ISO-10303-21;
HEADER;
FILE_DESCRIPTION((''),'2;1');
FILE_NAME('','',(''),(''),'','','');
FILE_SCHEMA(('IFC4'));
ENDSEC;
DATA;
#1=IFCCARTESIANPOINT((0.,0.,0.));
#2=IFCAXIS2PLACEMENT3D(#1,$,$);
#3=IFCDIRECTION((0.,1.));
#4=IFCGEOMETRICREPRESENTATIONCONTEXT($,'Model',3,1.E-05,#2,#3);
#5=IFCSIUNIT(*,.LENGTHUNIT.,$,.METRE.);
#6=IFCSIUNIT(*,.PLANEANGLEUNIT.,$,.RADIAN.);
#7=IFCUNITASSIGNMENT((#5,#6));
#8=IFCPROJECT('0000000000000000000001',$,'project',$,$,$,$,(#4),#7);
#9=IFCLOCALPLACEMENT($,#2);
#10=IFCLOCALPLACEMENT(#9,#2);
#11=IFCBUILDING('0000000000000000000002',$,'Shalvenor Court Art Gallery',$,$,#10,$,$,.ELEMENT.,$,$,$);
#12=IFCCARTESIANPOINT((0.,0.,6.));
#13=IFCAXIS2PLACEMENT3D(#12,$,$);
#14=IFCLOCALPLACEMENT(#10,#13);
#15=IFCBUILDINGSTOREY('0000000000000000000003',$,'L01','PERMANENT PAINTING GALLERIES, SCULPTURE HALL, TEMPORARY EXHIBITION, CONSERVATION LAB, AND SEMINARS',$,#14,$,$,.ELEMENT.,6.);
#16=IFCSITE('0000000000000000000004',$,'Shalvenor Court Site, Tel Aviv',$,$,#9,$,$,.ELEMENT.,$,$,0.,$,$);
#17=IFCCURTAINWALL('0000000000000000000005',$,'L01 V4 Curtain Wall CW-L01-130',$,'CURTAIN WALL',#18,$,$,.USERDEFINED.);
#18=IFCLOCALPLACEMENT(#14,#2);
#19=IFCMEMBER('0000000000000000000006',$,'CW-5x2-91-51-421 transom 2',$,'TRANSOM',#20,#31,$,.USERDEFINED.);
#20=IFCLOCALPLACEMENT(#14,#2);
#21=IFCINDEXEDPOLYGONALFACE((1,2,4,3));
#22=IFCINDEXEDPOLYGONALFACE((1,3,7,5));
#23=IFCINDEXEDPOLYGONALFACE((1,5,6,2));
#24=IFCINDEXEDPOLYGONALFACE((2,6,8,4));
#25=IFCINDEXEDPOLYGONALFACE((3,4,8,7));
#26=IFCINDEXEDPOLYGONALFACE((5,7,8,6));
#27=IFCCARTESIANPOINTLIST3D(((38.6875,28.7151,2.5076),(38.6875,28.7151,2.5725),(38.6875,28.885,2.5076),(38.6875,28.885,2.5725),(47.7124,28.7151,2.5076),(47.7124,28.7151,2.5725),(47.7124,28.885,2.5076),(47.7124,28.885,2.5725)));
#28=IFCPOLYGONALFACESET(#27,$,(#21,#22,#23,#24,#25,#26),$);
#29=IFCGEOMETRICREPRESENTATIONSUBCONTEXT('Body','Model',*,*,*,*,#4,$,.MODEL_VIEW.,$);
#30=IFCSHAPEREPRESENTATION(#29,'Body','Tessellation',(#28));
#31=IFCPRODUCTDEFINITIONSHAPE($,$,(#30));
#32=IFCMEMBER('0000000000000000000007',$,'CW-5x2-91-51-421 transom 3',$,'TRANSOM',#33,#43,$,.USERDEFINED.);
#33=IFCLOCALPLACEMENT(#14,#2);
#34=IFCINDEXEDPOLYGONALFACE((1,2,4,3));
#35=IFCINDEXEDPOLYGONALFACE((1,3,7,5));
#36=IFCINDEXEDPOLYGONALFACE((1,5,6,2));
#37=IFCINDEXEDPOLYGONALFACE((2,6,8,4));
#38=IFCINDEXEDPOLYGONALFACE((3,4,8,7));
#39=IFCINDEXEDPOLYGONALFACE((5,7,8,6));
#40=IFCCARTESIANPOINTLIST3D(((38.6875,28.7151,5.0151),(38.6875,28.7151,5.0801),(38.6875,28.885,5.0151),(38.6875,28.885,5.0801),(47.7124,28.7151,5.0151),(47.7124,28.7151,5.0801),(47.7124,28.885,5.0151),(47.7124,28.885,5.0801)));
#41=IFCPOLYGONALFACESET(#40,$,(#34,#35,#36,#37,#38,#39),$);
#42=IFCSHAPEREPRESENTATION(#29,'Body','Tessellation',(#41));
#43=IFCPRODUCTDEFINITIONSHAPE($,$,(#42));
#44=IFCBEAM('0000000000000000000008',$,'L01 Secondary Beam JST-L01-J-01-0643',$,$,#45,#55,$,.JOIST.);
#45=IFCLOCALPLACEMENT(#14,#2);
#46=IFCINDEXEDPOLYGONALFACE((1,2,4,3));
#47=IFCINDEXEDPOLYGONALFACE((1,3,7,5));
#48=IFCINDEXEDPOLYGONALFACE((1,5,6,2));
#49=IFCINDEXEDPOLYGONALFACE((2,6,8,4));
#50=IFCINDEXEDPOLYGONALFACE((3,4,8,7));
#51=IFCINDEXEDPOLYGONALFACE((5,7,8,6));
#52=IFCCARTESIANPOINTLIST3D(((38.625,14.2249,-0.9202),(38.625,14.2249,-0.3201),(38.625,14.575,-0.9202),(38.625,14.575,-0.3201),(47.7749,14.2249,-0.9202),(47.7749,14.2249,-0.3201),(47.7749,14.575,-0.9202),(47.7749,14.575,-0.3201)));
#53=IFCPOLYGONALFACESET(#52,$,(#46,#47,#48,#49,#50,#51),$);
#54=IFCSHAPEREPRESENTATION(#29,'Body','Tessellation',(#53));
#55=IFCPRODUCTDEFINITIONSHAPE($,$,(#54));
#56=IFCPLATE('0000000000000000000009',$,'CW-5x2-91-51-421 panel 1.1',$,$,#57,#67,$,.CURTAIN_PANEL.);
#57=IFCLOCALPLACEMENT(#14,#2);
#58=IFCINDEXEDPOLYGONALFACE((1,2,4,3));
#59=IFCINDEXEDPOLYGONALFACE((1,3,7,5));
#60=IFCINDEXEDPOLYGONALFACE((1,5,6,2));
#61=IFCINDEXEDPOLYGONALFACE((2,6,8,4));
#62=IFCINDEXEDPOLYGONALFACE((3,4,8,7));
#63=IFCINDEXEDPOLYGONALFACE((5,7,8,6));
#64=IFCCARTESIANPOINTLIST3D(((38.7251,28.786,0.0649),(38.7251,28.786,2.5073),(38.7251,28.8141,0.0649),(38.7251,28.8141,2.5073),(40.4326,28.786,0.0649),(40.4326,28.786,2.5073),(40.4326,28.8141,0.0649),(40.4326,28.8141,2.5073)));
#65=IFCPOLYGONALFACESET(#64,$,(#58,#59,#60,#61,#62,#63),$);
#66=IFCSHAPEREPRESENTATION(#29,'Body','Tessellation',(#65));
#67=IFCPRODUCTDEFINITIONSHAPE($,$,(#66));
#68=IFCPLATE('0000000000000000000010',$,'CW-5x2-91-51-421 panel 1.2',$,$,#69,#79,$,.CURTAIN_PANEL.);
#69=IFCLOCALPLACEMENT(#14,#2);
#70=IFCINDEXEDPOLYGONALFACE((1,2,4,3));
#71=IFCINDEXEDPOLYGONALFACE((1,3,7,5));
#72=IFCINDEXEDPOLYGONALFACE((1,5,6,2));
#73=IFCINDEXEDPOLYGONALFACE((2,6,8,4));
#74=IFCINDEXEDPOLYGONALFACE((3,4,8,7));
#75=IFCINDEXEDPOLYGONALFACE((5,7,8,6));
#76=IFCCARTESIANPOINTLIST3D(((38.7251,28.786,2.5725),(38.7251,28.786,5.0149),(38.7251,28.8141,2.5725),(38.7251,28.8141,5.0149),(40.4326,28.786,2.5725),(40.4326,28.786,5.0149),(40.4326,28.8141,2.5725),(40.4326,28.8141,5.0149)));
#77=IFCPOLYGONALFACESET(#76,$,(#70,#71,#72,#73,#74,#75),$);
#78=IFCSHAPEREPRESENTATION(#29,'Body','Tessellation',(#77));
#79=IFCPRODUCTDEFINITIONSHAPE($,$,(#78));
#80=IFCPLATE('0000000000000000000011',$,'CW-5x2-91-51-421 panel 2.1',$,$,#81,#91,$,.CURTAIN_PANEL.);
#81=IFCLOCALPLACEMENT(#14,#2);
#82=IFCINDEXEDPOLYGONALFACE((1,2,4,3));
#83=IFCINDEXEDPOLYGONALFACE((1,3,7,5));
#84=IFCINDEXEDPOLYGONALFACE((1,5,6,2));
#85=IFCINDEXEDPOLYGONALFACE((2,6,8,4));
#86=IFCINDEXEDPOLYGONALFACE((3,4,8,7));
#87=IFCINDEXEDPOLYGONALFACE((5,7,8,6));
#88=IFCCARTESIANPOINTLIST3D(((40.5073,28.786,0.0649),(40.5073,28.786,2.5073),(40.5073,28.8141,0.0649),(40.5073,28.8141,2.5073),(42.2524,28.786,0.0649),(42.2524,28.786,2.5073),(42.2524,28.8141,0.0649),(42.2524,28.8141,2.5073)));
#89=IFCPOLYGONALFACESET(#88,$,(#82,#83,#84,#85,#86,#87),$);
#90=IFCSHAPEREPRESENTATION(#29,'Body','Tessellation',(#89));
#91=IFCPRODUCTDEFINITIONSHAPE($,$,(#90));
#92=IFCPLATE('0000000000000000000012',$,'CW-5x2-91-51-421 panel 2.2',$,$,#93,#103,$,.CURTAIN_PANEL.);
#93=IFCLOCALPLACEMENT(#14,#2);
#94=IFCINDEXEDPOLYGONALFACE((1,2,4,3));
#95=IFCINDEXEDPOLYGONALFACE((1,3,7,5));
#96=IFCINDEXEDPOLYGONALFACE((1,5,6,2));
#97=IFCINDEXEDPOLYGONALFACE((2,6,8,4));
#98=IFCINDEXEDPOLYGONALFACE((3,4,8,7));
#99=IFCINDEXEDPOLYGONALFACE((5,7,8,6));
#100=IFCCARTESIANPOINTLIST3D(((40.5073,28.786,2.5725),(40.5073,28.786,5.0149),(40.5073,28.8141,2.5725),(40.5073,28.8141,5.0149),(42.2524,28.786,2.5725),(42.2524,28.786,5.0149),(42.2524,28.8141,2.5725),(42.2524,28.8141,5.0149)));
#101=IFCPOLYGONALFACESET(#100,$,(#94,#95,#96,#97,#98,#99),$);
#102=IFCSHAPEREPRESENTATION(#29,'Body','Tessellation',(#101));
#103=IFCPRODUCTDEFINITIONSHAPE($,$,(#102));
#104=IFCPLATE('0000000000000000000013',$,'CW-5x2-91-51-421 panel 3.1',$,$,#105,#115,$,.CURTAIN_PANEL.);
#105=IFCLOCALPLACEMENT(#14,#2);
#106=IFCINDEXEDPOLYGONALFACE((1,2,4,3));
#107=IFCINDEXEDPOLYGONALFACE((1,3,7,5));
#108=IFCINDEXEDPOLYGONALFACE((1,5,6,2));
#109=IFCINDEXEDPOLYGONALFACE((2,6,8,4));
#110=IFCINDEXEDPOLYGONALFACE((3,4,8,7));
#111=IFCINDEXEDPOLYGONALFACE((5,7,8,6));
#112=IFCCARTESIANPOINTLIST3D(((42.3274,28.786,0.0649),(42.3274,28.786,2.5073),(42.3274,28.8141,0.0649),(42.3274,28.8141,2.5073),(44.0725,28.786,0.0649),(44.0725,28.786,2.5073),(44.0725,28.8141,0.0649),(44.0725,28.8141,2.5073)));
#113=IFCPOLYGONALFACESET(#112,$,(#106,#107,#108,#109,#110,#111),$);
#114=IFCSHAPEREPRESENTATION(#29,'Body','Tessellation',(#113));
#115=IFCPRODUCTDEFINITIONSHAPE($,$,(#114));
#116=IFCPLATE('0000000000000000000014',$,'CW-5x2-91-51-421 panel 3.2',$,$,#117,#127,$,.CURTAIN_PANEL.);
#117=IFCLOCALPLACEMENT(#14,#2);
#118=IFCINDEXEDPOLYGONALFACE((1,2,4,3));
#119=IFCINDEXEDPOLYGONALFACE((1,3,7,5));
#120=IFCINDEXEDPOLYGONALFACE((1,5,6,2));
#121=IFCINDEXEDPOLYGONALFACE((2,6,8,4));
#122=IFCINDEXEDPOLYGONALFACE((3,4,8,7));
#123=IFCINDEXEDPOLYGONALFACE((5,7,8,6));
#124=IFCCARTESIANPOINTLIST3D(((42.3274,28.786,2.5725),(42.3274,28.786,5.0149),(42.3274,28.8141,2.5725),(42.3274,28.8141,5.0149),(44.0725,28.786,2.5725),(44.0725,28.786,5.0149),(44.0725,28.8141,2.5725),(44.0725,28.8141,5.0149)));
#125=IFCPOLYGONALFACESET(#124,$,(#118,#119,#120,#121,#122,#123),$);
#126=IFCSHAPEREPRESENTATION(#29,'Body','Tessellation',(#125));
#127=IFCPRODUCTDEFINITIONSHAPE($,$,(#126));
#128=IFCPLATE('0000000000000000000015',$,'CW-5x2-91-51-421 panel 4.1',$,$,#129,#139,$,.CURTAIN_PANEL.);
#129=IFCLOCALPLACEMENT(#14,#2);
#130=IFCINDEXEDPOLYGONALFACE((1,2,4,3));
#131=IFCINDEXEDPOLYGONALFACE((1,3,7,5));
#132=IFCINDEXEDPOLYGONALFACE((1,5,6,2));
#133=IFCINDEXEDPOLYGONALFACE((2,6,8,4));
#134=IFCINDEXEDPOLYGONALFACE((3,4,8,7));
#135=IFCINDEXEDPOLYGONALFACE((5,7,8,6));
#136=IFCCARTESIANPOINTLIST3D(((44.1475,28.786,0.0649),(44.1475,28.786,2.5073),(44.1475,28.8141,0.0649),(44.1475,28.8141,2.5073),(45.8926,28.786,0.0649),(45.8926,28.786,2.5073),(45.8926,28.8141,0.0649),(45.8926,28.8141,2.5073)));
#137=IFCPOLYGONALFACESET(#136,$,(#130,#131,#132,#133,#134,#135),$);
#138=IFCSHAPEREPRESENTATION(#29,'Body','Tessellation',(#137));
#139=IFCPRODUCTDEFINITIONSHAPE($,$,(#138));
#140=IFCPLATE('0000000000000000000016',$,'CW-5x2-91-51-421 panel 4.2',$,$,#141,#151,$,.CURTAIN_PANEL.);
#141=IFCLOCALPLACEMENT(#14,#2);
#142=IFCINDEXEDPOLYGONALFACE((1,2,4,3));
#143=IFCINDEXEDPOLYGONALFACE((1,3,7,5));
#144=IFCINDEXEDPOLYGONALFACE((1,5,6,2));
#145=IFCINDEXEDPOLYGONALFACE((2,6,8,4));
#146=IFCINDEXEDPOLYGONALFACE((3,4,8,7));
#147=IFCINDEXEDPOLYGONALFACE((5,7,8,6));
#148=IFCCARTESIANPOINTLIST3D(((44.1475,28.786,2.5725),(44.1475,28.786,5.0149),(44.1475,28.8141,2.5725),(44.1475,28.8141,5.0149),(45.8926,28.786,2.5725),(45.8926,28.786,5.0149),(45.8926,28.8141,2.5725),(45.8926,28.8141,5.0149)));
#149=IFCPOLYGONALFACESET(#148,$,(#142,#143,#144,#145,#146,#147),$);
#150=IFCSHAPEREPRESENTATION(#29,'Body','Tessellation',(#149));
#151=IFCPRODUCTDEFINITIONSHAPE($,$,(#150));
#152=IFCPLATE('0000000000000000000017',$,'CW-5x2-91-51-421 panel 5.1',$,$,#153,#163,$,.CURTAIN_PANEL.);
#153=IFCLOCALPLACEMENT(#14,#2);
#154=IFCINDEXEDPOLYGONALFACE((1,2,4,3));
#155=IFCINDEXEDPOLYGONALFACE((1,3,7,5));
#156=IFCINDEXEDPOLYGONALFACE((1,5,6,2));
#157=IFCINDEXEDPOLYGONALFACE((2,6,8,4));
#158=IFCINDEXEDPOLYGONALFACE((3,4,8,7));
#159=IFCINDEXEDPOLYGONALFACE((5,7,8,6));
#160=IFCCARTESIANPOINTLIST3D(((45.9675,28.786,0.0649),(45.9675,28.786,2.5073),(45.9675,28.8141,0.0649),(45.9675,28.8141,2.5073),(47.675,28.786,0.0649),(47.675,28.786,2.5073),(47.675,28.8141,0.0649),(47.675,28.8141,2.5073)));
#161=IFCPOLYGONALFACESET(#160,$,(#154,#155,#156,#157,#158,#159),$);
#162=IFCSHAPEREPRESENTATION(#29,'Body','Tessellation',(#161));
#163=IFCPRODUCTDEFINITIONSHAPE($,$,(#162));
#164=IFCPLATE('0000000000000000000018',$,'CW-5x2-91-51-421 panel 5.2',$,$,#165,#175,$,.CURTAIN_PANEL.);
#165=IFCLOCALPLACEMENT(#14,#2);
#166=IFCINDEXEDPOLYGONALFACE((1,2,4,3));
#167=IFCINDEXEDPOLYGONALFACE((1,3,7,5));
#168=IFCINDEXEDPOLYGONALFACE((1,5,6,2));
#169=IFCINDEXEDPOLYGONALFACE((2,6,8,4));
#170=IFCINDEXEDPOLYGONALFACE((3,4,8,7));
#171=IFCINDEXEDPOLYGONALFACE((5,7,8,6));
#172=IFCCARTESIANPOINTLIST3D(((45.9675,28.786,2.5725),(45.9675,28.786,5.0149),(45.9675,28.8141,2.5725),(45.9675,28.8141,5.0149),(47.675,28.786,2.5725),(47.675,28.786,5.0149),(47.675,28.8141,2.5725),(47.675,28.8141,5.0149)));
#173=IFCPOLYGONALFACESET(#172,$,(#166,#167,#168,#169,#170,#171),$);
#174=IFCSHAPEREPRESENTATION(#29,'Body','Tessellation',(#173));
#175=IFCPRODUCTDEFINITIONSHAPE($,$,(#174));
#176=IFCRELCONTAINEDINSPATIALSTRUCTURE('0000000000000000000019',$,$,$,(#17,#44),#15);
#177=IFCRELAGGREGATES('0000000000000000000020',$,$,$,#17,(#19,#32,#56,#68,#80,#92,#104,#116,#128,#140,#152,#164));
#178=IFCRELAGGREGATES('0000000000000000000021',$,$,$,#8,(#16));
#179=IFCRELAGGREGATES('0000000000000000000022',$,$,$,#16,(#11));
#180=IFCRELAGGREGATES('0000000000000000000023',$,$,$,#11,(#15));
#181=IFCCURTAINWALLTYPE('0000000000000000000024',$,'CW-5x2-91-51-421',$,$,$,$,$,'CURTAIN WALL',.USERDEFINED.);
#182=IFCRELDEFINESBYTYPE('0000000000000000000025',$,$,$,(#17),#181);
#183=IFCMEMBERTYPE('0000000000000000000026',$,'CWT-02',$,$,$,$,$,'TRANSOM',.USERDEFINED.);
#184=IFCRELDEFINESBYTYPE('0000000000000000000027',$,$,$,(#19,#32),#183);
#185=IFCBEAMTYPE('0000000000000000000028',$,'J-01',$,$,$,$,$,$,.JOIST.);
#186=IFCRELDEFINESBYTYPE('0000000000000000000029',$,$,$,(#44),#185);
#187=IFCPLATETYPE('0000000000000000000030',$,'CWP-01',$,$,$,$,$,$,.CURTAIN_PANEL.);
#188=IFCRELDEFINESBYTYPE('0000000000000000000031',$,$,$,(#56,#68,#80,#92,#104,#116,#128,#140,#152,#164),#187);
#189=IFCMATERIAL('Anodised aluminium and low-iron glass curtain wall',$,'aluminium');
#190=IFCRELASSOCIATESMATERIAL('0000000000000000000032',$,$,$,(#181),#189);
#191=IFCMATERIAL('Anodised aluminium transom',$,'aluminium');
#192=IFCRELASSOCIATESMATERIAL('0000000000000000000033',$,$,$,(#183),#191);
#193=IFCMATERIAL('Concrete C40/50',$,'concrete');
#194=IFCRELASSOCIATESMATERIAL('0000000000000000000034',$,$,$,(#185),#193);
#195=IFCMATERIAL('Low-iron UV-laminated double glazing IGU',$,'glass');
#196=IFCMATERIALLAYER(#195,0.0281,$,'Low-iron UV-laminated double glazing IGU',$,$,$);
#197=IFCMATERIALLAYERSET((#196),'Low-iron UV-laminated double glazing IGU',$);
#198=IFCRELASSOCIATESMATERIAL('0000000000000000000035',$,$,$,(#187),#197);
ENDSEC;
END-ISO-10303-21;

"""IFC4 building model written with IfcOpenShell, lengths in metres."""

from ifc_helpers import new_model, si_unit, direction, frame, origin, origin_2d, place, context, subcontext, project, spatial, rectangle, extrude, material, layer, layer_set, material_profile, profile_set, type_object, element, aggregate, save


model = new_model("IFC4")

# Units and contexts
model_context = context("Model", 3, precision=1e-05, world=origin(), true_north=direction((0.0, 1.0)))
body_context = subcontext(model_context, "Body", "Model", "MODEL_VIEW")
ifc_project = project(units=[si_unit("LENGTHUNIT", "METRE"), si_unit("PLANEANGLEUNIT", "RADIAN")], contexts=[model_context])

# Site, building, storey
site_placement = place(None, origin())
site = spatial("IfcSite", under=ifc_project, at=site_placement, Name="Shalvenor Court Site, Tel Aviv", CompositionType="ELEMENT", RefElevation=0.0)
building_placement = place(site_placement, origin())
building = spatial("IfcBuilding", under=site, at=building_placement, Name="Shalvenor Court Art Gallery", CompositionType="ELEMENT")
storey_placement = place(building_placement, frame((0.0, 0.0, 6.0)))
storey = spatial("IfcBuildingStorey", under=building, at=storey_placement, Name="L01", Description="PERMANENT PAINTING GALLERIES, SCULPTURE HALL, TEMPORARY EXHIBITION, CONSERVATION LAB, AND SEMINARS", CompositionType="ELEMENT", Elevation=6.0)

# Curtain wall, members
ifc_material_1 = material(Name="Anodised aluminium and low-iron glass curtain wall", Category="aluminium")
curtain_wall_type = type_object("IfcCurtainWallType", Name="CW-5x2-91-51-421", ElementType="CURTAIN WALL", PredefinedType="USERDEFINED", material=ifc_material_1)
curtain_wall_placement = place(storey_placement, origin())
curtain_wall = element("IfcCurtainWall", 1, at=curtain_wall_placement, inside=storey, type_object=curtain_wall_type, Name="L01 V4 Curtain Wall CW-L01-130", ObjectType="CURTAIN WALL", PredefinedType="USERDEFINED")
ifc_material_2 = material(Name="Anodised aluminium transom", Category="aluminium")
ifc_material_profile_1 = material_profile(ifc_material_2, rectangle(XDim=0.1699, YDim=0.0649, at=origin_2d()), Name="CWT-02")
ifc_profile_set_1 = profile_set([ifc_material_profile_1], Name="Anodised aluminium transom")
member_type_1 = type_object("IfcMemberType", Name="CWT-02", ElementType="TRANSOM", PredefinedType="USERDEFINED", material=ifc_profile_set_1)
member_1_placement = place(storey_placement, frame((38.6875, 28.8, 2.54), z_axis=(1.0, 0.0, 0.0), x_axis=(0.0, 1.0, 0.0)))
member_1 = element("IfcMember", 2, at=member_1_placement, type_object=member_type_1, Name="CW-5x2-91-51-421 transom 2", ObjectType="TRANSOM", PredefinedType="USERDEFINED", context=body_context, shape_type="SweptSolid", body=[
    extrude(rectangle(XDim=0.1699, YDim=0.0649, at=origin_2d()), origin(), (0.0, 0.0, 1.0), 9.0249),
])
member_2_placement = place(storey_placement, frame((38.6875, 28.8, 5.0476), z_axis=(1.0, 0.0, 0.0), x_axis=(0.0, 1.0, 0.0)))
member_2 = element("IfcMember", 3, at=member_2_placement, type_object=member_type_1, Name="CW-5x2-91-51-421 transom 3", ObjectType="TRANSOM", PredefinedType="USERDEFINED", context=body_context, shape_type="SweptSolid", body=[
    extrude(rectangle(XDim=0.1699, YDim=0.0649, at=origin_2d()), origin(), (0.0, 0.0, 1.0), 9.0249),
])

# Beam
ifc_material_3 = material(Name="Concrete C40/50", Category="concrete")
ifc_material_profile_2 = material_profile(ifc_material_3, rectangle(XDim=0.3501, YDim=0.6001, at=origin_2d()), Name="RC 350x600")
ifc_profile_set_2 = profile_set([ifc_material_profile_2], Name="Concrete C40/50")
beam_type_1 = type_object("IfcBeamType", Name="J-01", PredefinedType="JOIST", material=ifc_profile_set_2)
beam_1_placement = place(storey_placement, frame((38.625, 14.3999, -0.6201), z_axis=(1.0, 0.0, 0.0), x_axis=(0.0, 1.0, 0.0)))
element("IfcBeam", 4, at=beam_1_placement, inside=storey, type_object=beam_type_1, Name="L01 Secondary Beam JST-L01-J-01-0643", PredefinedType="JOIST", context=body_context, shape_type="SweptSolid", body=[
    extrude(rectangle(XDim=0.3501, YDim=0.6001, at=origin_2d()), origin(), (0.0, 0.0, 1.0), 9.1499),
])

# Plates
ifc_material_4 = material(Name="Low-iron UV-laminated double glazing IGU", Category="glass")
ifc_layer_1 = layer(ifc_material_4, 0.0281, Name="Low-iron UV-laminated double glazing IGU")
ifc_layer_set_1 = layer_set([ifc_layer_1], Name="Low-iron UV-laminated double glazing IGU")
plate_type = type_object("IfcPlateType", Name="CWP-01", PredefinedType="CURTAIN_PANEL", material=ifc_layer_set_1)
plate_1_placement = place(storey_placement, frame((39.5789, 28.8, 0.0649), z_axis=(0.0, 0.0, 1.0), x_axis=(1.0, 0.0, 0.0)))
plate_1 = element("IfcPlate", 5, at=plate_1_placement, type_object=plate_type, Name="CW-5x2-91-51-421 panel 1.1", PredefinedType="CURTAIN_PANEL", context=body_context, shape_type="SweptSolid", body=[
    extrude(rectangle(XDim=1.7075, YDim=0.0281, at=origin_2d()), origin(), (0.0, 0.0, 1.0), 2.4424),
])
plate_2_placement = place(storey_placement, frame((39.5789, 28.8, 2.5725), z_axis=(0.0, 0.0, 1.0), x_axis=(1.0, 0.0, 0.0)))
plate_2 = element("IfcPlate", 6, at=plate_2_placement, type_object=plate_type, Name="CW-5x2-91-51-421 panel 1.2", PredefinedType="CURTAIN_PANEL", context=body_context, shape_type="SweptSolid", body=[
    extrude(rectangle(XDim=1.7075, YDim=0.0281, at=origin_2d()), origin(), (0.0, 0.0, 1.0), 2.4424),
])
plate_3_placement = place(storey_placement, frame((41.3799, 28.8, 0.0649), z_axis=(0.0, 0.0, 1.0), x_axis=(1.0, 0.0, 0.0)))
plate_3 = element("IfcPlate", 7, at=plate_3_placement, type_object=plate_type, Name="CW-5x2-91-51-421 panel 2.1", PredefinedType="CURTAIN_PANEL", context=body_context, shape_type="SweptSolid", body=[
    extrude(rectangle(XDim=1.7451, YDim=0.0281, at=origin_2d()), origin(), (0.0, 0.0, 1.0), 2.4424),
])
plate_4_placement = place(storey_placement, frame((41.3799, 28.8, 2.5725), z_axis=(0.0, 0.0, 1.0), x_axis=(1.0, 0.0, 0.0)))
plate_4 = element("IfcPlate", 8, at=plate_4_placement, type_object=plate_type, Name="CW-5x2-91-51-421 panel 2.2", PredefinedType="CURTAIN_PANEL", context=body_context, shape_type="SweptSolid", body=[
    extrude(rectangle(XDim=1.7451, YDim=0.0281, at=origin_2d()), origin(), (0.0, 0.0, 1.0), 2.4424),
])
plate_5_placement = place(storey_placement, frame((43.2, 28.8, 0.0649), z_axis=(0.0, 0.0, 1.0), x_axis=(1.0, 0.0, 0.0)))
plate_5 = element("IfcPlate", 9, at=plate_5_placement, type_object=plate_type, Name="CW-5x2-91-51-421 panel 3.1", PredefinedType="CURTAIN_PANEL", context=body_context, shape_type="SweptSolid", body=[
    extrude(rectangle(XDim=1.7451, YDim=0.0281, at=origin_2d()), origin(), (0.0, 0.0, 1.0), 2.4424),
])
plate_6_placement = place(storey_placement, frame((43.2, 28.8, 2.5725), z_axis=(0.0, 0.0, 1.0), x_axis=(1.0, 0.0, 0.0)))
plate_6 = element("IfcPlate", 10, at=plate_6_placement, type_object=plate_type, Name="CW-5x2-91-51-421 panel 3.2", PredefinedType="CURTAIN_PANEL", context=body_context, shape_type="SweptSolid", body=[
    extrude(rectangle(XDim=1.7451, YDim=0.0281, at=origin_2d()), origin(), (0.0, 0.0, 1.0), 2.4424),
])
plate_7_placement = place(storey_placement, frame((45.02, 28.8, 0.0649), z_axis=(0.0, 0.0, 1.0), x_axis=(1.0, 0.0, 0.0)))
plate_7 = element("IfcPlate", 11, at=plate_7_placement, type_object=plate_type, Name="CW-5x2-91-51-421 panel 4.1", PredefinedType="CURTAIN_PANEL", context=body_context, shape_type="SweptSolid", body=[
    extrude(rectangle(XDim=1.7451, YDim=0.0281, at=origin_2d()), origin(), (0.0, 0.0, 1.0), 2.4424),
])
plate_8_placement = place(storey_placement, frame((45.02, 28.8, 2.5725), z_axis=(0.0, 0.0, 1.0), x_axis=(1.0, 0.0, 0.0)))
plate_8 = element("IfcPlate", 12, at=plate_8_placement, type_object=plate_type, Name="CW-5x2-91-51-421 panel 4.2", PredefinedType="CURTAIN_PANEL", context=body_context, shape_type="SweptSolid", body=[
    extrude(rectangle(XDim=1.7451, YDim=0.0281, at=origin_2d()), origin(), (0.0, 0.0, 1.0), 2.4424),
])
plate_9_placement = place(storey_placement, frame((46.8213, 28.8, 0.0649), z_axis=(0.0, 0.0, 1.0), x_axis=(1.0, 0.0, 0.0)))
plate_9 = element("IfcPlate", 13, at=plate_9_placement, type_object=plate_type, Name="CW-5x2-91-51-421 panel 5.1", PredefinedType="CURTAIN_PANEL", context=body_context, shape_type="SweptSolid", body=[
    extrude(rectangle(XDim=1.7075, YDim=0.0281, at=origin_2d()), origin(), (0.0, 0.0, 1.0), 2.4424),
])
plate_10_placement = place(storey_placement, frame((46.8213, 28.8, 2.5725), z_axis=(0.0, 0.0, 1.0), x_axis=(1.0, 0.0, 0.0)))
plate_10 = element("IfcPlate", 14, at=plate_10_placement, type_object=plate_type, Name="CW-5x2-91-51-421 panel 5.2", PredefinedType="CURTAIN_PANEL", context=body_context, shape_type="SweptSolid", body=[
    extrude(rectangle(XDim=1.7075, YDim=0.0281, at=origin_2d()), origin(), (0.0, 0.0, 1.0), 2.4424),
])
aggregate(curtain_wall, [member_1, member_2, plate_1, plate_2, plate_3, plate_4, plate_5, plate_6, plate_7, plate_8, plate_9, plate_10])

save(model, "model.ifc")
